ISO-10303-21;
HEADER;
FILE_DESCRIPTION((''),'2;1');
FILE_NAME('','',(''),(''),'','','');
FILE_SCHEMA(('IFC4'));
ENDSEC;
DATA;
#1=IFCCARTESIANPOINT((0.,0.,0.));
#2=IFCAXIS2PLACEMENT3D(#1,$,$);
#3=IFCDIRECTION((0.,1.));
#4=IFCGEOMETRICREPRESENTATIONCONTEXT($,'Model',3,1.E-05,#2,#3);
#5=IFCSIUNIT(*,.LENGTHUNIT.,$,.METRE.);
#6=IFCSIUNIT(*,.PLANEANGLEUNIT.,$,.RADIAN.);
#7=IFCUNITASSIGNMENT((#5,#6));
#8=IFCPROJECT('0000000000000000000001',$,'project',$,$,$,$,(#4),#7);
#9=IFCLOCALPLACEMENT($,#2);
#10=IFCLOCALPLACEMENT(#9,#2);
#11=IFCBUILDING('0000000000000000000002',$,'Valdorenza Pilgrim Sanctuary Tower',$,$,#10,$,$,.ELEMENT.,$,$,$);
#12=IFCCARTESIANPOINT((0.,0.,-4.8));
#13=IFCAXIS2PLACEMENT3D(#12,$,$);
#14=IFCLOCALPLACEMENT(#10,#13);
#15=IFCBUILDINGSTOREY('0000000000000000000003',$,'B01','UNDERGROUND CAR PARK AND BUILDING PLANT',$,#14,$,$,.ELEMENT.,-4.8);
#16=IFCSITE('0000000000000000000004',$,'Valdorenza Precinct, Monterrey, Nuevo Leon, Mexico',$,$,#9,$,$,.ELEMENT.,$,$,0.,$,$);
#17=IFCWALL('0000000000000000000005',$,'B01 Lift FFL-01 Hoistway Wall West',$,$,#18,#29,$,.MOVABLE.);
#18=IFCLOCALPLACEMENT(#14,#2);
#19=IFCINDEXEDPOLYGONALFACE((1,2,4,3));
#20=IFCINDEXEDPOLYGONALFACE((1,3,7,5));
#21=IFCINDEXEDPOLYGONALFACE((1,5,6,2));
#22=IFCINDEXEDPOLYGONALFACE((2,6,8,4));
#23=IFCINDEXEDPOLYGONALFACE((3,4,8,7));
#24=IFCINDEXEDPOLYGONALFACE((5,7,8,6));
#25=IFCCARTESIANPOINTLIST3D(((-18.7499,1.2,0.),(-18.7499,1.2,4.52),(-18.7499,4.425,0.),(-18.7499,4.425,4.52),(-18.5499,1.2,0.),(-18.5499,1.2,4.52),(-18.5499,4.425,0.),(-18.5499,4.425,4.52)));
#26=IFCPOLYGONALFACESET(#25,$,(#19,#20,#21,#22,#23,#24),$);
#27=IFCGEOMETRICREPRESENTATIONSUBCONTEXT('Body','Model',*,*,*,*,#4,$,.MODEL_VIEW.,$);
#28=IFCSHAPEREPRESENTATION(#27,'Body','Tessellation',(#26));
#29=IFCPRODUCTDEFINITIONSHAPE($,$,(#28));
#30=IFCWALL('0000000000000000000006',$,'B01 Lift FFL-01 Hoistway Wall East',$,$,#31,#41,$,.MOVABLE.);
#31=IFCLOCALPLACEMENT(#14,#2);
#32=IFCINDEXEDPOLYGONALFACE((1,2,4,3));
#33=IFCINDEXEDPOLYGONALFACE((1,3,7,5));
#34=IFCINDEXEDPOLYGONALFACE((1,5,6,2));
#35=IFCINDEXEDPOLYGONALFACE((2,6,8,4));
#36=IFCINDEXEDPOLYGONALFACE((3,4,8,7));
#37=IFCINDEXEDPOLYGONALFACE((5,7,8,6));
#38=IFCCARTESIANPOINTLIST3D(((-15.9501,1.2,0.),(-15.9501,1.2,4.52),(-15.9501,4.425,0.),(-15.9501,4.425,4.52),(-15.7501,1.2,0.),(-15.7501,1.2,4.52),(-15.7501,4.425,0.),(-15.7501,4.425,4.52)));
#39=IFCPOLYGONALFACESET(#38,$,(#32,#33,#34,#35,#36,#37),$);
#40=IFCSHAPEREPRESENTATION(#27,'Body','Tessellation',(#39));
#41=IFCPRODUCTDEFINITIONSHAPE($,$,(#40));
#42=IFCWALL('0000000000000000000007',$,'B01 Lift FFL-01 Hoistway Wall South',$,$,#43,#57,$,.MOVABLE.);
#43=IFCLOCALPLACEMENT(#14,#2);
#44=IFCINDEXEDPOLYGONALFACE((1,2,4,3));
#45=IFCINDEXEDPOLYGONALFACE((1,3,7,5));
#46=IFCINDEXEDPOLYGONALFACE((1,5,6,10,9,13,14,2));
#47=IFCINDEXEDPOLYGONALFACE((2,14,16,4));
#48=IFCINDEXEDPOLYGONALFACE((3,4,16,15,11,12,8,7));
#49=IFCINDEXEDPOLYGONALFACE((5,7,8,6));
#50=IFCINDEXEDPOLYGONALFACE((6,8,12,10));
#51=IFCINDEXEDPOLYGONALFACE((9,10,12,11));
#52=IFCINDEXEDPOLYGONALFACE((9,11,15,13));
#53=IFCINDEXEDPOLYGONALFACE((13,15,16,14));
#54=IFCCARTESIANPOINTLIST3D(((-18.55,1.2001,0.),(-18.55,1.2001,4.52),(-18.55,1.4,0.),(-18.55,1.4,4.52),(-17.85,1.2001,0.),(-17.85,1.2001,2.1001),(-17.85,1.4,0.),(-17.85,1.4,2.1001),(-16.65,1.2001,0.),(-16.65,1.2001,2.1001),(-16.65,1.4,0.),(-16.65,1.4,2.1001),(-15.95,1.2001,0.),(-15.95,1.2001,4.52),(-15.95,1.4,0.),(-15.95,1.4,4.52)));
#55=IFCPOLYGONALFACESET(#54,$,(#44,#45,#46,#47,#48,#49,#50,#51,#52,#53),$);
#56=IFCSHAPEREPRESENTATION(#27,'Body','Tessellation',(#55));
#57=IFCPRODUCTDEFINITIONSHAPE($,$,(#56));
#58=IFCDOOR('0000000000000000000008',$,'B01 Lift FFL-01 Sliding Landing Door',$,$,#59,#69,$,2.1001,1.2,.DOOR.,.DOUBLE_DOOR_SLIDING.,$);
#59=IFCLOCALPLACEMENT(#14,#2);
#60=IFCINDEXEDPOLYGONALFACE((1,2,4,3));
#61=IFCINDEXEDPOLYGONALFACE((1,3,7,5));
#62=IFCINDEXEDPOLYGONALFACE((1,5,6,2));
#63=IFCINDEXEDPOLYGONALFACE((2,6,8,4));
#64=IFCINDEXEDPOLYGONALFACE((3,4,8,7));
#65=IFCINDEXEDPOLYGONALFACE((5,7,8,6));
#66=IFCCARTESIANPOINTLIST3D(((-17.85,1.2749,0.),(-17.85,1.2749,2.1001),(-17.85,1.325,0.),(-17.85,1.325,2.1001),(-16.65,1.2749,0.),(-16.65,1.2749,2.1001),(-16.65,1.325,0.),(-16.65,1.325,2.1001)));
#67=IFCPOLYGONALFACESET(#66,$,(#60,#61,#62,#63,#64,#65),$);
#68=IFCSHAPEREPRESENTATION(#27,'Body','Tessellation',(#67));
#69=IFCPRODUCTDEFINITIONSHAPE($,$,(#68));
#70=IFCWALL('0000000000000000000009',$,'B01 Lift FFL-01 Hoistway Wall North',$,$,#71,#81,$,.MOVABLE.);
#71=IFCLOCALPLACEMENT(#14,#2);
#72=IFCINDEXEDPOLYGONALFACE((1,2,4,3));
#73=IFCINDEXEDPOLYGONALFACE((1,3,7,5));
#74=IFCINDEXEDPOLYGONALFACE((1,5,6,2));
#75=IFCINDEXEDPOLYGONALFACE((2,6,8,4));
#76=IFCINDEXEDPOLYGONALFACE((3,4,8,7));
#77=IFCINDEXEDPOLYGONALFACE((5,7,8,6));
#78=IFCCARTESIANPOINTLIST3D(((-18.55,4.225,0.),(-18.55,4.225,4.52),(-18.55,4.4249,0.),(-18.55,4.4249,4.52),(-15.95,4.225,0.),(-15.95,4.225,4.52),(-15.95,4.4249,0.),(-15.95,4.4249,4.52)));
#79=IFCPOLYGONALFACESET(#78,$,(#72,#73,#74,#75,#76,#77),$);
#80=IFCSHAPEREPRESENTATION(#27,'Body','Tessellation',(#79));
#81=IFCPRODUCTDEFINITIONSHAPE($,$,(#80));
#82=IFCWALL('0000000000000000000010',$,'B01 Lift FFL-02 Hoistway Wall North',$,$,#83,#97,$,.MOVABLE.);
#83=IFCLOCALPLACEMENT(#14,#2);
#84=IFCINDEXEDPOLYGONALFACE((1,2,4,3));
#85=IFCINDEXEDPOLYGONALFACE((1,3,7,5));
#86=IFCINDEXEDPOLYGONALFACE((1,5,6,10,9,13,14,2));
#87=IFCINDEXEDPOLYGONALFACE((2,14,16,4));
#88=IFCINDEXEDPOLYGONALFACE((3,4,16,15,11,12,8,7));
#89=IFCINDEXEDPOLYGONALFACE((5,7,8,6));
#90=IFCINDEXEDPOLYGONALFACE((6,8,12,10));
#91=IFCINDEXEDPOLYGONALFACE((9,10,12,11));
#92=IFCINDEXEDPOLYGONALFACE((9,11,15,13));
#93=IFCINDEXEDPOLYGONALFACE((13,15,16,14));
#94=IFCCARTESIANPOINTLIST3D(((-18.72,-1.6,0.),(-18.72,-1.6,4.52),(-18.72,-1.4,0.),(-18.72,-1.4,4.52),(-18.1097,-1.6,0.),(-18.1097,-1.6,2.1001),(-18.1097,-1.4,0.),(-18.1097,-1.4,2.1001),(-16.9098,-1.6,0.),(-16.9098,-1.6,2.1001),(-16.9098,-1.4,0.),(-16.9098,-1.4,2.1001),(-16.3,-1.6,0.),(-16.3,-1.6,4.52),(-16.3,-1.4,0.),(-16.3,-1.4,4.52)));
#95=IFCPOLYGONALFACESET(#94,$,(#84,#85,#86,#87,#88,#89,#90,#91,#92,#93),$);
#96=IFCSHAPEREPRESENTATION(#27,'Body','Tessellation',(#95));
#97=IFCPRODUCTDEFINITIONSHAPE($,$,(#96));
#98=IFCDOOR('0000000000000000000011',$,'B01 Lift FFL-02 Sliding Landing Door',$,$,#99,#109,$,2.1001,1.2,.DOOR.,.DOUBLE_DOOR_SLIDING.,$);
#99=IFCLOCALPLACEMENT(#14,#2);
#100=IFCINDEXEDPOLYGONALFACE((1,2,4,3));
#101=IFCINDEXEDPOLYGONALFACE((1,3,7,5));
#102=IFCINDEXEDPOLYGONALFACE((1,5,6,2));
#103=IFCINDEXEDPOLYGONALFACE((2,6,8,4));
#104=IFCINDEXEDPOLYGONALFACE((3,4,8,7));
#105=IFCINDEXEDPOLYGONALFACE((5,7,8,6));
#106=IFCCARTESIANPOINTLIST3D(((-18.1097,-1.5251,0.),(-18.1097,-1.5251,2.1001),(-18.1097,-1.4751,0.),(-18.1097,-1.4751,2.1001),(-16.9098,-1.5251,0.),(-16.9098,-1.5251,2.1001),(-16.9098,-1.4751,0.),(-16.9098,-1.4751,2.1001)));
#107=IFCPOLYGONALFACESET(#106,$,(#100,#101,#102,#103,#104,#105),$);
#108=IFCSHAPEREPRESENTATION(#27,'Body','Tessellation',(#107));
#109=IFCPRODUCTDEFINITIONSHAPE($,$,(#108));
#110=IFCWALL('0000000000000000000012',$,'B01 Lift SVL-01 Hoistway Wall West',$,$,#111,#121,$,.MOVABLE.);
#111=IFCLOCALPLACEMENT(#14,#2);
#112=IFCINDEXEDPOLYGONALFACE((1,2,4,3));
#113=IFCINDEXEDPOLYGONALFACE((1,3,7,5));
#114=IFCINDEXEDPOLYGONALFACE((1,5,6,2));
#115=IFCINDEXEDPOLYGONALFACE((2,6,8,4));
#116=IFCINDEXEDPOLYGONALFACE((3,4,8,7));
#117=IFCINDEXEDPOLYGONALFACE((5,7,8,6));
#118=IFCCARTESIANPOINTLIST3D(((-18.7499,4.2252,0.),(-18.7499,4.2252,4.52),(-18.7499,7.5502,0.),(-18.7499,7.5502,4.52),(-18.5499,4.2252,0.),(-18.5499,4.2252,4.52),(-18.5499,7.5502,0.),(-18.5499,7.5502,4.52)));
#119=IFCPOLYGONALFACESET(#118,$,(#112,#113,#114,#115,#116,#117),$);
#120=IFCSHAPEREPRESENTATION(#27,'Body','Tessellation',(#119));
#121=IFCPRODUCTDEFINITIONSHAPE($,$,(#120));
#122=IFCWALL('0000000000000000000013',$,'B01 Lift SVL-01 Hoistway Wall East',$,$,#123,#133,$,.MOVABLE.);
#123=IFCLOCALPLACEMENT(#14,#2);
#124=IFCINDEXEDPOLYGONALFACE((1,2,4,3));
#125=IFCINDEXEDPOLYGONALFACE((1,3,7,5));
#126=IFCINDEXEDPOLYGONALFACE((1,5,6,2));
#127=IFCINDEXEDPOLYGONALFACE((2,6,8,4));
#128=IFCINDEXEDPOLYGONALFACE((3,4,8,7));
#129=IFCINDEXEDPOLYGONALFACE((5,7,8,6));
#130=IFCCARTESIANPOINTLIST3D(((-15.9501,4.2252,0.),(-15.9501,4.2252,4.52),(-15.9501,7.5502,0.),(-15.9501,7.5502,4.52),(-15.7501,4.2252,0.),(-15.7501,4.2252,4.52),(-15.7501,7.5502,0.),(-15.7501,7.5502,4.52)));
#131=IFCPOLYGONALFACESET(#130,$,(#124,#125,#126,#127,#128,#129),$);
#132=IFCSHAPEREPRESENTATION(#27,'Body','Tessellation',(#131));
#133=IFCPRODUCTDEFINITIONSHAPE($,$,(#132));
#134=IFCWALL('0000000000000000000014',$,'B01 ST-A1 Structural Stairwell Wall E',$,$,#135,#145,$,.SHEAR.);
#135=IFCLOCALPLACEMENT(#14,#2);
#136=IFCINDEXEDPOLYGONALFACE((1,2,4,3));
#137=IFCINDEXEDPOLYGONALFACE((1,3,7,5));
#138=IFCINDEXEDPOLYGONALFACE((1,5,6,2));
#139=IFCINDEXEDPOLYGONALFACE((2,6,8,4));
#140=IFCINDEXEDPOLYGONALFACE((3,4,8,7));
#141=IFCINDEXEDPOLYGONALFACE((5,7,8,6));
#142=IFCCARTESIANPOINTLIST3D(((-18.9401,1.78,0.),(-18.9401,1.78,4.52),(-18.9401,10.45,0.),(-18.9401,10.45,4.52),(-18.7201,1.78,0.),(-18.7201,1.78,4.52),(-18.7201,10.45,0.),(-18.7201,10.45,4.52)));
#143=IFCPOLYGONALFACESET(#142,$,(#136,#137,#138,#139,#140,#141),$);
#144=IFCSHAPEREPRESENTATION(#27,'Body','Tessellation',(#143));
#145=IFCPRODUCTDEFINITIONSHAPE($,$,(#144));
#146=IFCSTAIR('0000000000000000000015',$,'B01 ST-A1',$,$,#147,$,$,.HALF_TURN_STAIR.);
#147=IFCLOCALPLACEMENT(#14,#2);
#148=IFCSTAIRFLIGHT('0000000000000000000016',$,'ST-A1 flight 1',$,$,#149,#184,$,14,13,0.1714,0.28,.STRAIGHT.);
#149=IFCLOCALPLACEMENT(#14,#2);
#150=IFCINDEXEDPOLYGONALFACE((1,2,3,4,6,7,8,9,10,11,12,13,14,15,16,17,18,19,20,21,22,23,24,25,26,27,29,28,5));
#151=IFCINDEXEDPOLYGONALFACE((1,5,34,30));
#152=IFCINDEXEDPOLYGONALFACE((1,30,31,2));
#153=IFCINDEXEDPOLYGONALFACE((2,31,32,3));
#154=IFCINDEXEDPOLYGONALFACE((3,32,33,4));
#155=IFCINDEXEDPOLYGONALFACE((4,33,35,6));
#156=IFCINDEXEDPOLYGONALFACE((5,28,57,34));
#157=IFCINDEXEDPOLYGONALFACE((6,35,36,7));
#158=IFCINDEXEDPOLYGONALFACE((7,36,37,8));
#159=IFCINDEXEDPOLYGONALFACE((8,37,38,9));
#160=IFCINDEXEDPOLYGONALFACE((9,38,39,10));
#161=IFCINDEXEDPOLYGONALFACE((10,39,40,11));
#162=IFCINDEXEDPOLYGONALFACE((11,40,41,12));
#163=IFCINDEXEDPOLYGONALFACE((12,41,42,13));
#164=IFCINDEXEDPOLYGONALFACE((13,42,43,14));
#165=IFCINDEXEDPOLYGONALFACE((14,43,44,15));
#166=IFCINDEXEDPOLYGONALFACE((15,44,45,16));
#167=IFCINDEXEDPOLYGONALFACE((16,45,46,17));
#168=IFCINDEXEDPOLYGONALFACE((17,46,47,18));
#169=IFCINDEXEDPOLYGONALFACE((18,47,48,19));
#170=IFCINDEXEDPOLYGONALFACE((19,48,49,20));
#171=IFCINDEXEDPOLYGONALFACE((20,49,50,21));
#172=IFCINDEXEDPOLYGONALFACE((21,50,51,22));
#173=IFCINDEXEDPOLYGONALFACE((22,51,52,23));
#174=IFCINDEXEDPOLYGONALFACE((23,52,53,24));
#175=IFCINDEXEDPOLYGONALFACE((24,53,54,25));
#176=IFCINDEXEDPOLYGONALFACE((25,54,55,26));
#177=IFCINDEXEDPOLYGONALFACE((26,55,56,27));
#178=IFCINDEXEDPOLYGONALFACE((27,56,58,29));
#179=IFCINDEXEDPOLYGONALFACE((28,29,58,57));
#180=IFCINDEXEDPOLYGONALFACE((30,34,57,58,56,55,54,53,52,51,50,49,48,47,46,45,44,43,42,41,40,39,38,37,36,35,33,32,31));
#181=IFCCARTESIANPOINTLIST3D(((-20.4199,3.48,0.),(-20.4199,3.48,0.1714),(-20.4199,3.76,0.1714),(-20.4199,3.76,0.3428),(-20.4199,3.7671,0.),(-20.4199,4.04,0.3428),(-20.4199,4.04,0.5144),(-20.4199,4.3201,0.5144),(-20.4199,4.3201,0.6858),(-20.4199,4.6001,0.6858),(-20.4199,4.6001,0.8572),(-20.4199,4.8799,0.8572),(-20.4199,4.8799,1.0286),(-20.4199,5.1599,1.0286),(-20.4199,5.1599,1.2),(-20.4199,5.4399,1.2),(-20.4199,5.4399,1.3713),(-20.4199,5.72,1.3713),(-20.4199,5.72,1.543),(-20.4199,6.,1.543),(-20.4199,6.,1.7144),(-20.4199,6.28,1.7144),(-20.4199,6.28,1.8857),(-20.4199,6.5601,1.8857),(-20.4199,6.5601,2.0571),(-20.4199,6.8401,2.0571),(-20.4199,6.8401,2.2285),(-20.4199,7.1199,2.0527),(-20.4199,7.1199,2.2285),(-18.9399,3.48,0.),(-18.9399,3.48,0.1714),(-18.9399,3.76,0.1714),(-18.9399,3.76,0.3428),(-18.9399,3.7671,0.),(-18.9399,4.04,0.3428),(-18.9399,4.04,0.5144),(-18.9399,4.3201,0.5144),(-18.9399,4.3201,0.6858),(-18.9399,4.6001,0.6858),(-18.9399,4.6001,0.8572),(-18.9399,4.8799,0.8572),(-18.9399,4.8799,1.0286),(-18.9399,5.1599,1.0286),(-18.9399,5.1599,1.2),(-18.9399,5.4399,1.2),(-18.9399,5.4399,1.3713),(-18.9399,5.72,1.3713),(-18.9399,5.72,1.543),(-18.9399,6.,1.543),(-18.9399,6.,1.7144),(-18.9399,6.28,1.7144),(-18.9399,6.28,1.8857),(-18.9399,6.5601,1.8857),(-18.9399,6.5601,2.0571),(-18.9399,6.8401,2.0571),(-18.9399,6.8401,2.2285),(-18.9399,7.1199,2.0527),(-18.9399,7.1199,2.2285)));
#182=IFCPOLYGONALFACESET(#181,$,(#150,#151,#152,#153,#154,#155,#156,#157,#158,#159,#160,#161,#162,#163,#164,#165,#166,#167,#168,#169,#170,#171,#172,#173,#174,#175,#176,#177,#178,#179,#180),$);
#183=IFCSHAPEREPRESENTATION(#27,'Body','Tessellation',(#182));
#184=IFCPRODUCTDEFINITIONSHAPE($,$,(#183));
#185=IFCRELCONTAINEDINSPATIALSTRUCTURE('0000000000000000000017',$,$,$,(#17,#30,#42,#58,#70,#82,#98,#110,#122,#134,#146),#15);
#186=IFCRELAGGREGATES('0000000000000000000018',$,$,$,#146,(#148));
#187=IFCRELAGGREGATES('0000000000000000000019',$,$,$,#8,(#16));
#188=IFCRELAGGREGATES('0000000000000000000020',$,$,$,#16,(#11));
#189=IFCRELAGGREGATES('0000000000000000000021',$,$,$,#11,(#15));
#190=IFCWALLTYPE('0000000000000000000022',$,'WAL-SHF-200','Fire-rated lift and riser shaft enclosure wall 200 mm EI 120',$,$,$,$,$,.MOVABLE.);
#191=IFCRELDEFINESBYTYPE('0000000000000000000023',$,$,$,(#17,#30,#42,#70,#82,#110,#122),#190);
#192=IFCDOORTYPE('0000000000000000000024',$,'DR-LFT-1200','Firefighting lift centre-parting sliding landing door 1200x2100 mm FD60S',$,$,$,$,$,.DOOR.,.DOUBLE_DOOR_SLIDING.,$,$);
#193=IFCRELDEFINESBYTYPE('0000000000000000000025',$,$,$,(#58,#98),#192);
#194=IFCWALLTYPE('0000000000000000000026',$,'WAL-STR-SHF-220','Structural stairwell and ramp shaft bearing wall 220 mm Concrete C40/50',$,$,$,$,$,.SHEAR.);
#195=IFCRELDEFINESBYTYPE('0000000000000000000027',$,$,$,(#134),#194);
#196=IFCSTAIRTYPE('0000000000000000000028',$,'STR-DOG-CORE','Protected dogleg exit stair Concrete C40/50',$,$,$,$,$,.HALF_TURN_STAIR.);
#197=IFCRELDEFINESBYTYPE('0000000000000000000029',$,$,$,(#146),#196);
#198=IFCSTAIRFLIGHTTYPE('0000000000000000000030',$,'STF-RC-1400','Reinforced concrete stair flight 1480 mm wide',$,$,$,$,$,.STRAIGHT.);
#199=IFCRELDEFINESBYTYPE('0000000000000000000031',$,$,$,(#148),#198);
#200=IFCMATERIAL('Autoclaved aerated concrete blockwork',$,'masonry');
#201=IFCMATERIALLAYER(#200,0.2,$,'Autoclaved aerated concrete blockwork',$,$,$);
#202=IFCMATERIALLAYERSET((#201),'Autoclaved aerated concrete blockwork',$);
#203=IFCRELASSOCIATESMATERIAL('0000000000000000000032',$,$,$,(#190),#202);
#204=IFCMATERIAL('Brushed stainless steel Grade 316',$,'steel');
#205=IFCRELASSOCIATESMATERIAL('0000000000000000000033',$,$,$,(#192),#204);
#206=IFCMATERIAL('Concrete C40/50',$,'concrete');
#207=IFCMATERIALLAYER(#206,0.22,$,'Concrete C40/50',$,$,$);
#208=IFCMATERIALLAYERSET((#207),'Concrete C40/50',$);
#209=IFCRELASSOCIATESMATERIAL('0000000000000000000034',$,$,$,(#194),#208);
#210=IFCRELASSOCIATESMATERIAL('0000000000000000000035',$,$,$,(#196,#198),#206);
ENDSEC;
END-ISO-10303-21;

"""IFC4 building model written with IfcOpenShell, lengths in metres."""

from ifc_helpers import new_model, si_unit, direction, frame, frame_2d, origin, place, context, subcontext, project, spatial, polyline, rectangle, outline, extrude, material, layer, layer_set, type_object, element, fill, aggregate, save


model = new_model("IFC4")

# Units and contexts
model_context = context("Model", 3, precision=1e-05, world=origin(), true_north=direction((0.0, 1.0)))
body_context = subcontext(model_context, "Body", "Model", "MODEL_VIEW")
ifc_project = project(units=[si_unit("LENGTHUNIT", "METRE"), si_unit("PLANEANGLEUNIT", "RADIAN")], contexts=[model_context])

# Site, building, storey
site_placement = place(None, origin())
site = spatial("IfcSite", under=ifc_project, at=site_placement, Name="Valdorenza Precinct, Monterrey, Nuevo Leon, Mexico", CompositionType="ELEMENT", RefElevation=0.0)
building_placement = place(site_placement, origin())
building = spatial("IfcBuilding", under=site, at=building_placement, Name="Valdorenza Pilgrim Sanctuary Tower", CompositionType="ELEMENT")
storey_placement = place(building_placement, frame((0.0, 0.0, -4.8)))
storey = spatial("IfcBuildingStorey", under=building, at=storey_placement, Name="B01", Description="UNDERGROUND CAR PARK AND BUILDING PLANT", CompositionType="ELEMENT", Elevation=-4.8)

# Walls
ifc_material_1 = material(Name="Autoclaved aerated concrete blockwork", Category="masonry")
ifc_layer_1 = layer(ifc_material_1, 0.2, Name="Autoclaved aerated concrete blockwork")
ifc_layer_set_1 = layer_set([ifc_layer_1], Name="Autoclaved aerated concrete blockwork")
wall_type_1 = type_object("IfcWallType", Name="WAL-SHF-200", Description="Fire-rated lift and riser shaft enclosure wall 200 mm EI 120", PredefinedType="MOVABLE", material=ifc_layer_set_1)
for number, where, z_axis, x_axis, name in (
    (1, (-18.6499, 1.2, 0.0), (0.0, 0.0, 1.0), (0.0, 1.0, 0.0), "B01 Lift FFL-01 Hoistway Wall West"),
    (2, (-15.8501, 1.2, 0.0), (0.0, 0.0, 1.0), (0.0, 1.0, 0.0), "B01 Lift FFL-01 Hoistway Wall East"),
):
    element("IfcWall", number, at=place(storey_placement, frame(where, z_axis=z_axis, x_axis=x_axis)), inside=storey, type_object=wall_type_1, Name=name, PredefinedType="MOVABLE", context=body_context, shape_type="SweptSolid", body=[
        extrude(rectangle(XDim=3.2251, YDim=0.2, at=frame_2d((1.6125, 0.0))), origin(), (0.0, 0.0, 1.0), 4.52),
    ])

# Wall, opening, door
wall_1_placement = place(storey_placement, frame((-18.55, 1.3, 0.0), z_axis=(0.0, 0.0, 1.0), x_axis=(1.0, 0.0, 0.0)))
wall_1 = element("IfcWall", 3, at=wall_1_placement, inside=storey, type_object=wall_type_1, Name="B01 Lift FFL-01 Hoistway Wall South", PredefinedType="MOVABLE", context=body_context, shape_type="SweptSolid", body=[
    extrude(rectangle(XDim=2.6001, YDim=0.2, at=frame_2d((1.3, 0.0))), origin(), (0.0, 0.0, 1.0), 4.52),
])
opening_1_placement = place(wall_1_placement, frame((0.7, 0.0, 0.0)))
opening_1 = element("IfcOpeningElement", 4, at=opening_1_placement, cuts=wall_1, PredefinedType="OPENING", context=body_context, shape_type="SweptSolid", body=[
    extrude(rectangle(XDim=1.2, YDim=2.1001, at=frame_2d((0.6001, 1.05))), frame((0.0, 0.1147, 0.0), z_axis=(0.0, -1.0, 0.0), x_axis=(1.0, 0.0, 0.0)), (0.0, 0.0, 1.0), 0.2297),
])
ifc_material_2 = material(Name="Brushed stainless steel Grade 316", Category="steel")
door_type_1 = type_object("IfcDoorType", Name="DR-LFT-1200", Description="Firefighting lift centre-parting sliding landing door 1200x2100 mm FD60S", OperationType="DOUBLE_DOOR_SLIDING", PredefinedType="DOOR", material=ifc_material_2)
door_1_placement = place(opening_1_placement, origin())
door_1 = element("IfcDoor", 5, at=door_1_placement, inside=storey, type_object=door_type_1, Name="B01 Lift FFL-01 Sliding Landing Door", OperationType="DOUBLE_DOOR_SLIDING", OverallHeight=2.1001, OverallWidth=1.2, PredefinedType="DOOR", context=body_context, shape_type="SweptSolid", body=[
    extrude(rectangle(XDim=1.2, YDim=2.1001, at=frame_2d((0.6001, 1.05))), frame((0.0, 0.0249, 0.0), z_axis=(0.0, -1.0, 0.0), x_axis=(1.0, 0.0, 0.0)), (0.0, 0.0, 1.0), 0.05),
])
fill(opening_1, door_1)

# Wall
wall_2_placement = place(storey_placement, frame((-18.55, 4.325, 0.0), z_axis=(0.0, 0.0, 1.0), x_axis=(1.0, 0.0, 0.0)))
element("IfcWall", 6, at=wall_2_placement, inside=storey, type_object=wall_type_1, Name="B01 Lift FFL-01 Hoistway Wall North", PredefinedType="MOVABLE", context=body_context, shape_type="SweptSolid", body=[
    extrude(rectangle(XDim=2.6001, YDim=0.2, at=frame_2d((1.3, 0.0))), origin(), (0.0, 0.0, 1.0), 4.52),
])

# Wall, opening, door
wall_3_placement = place(storey_placement, frame((-18.72, -1.5, 0.0), z_axis=(0.0, 0.0, 1.0), x_axis=(1.0, 0.0, 0.0)))
wall_3 = element("IfcWall", 7, at=wall_3_placement, inside=storey, type_object=wall_type_1, Name="B01 Lift FFL-02 Hoistway Wall North", PredefinedType="MOVABLE", context=body_context, shape_type="SweptSolid", body=[
    extrude(rectangle(XDim=2.4199, YDim=0.2, at=frame_2d((1.21, 0.0))), origin(), (0.0, 0.0, 1.0), 4.52),
])
opening_2_placement = place(wall_3_placement, frame((0.6101, 0.0, 0.0)))
opening_2 = element("IfcOpeningElement", 8, at=opening_2_placement, cuts=wall_3, PredefinedType="OPENING", context=body_context, shape_type="SweptSolid", body=[
    extrude(rectangle(XDim=1.2, YDim=2.1001, at=frame_2d((0.6001, 1.05))), frame((0.0, 0.1147, 0.0), z_axis=(0.0, -1.0, 0.0), x_axis=(1.0, 0.0, 0.0)), (0.0, 0.0, 1.0), 0.2297),
])
door_2_placement = place(opening_2_placement, origin())
door_2 = element("IfcDoor", 9, at=door_2_placement, inside=storey, type_object=door_type_1, Name="B01 Lift FFL-02 Sliding Landing Door", OperationType="DOUBLE_DOOR_SLIDING", OverallHeight=2.1001, OverallWidth=1.2, PredefinedType="DOOR", context=body_context, shape_type="SweptSolid", body=[
    extrude(rectangle(XDim=1.2, YDim=2.1001, at=frame_2d((0.6001, 1.05))), frame((0.0, 0.0249, 0.0), z_axis=(0.0, -1.0, 0.0), x_axis=(1.0, 0.0, 0.0)), (0.0, 0.0, 1.0), 0.05),
])
fill(opening_2, door_2)

# Walls
for number, where, z_axis, x_axis, name in (
    (10, (-18.6499, 4.2251, 0.0), (0.0, 0.0, 1.0), (0.0, 1.0, 0.0), "B01 Lift SVL-01 Hoistway Wall West"),
    (11, (-15.8501, 4.2251, 0.0), (0.0, 0.0, 1.0), (0.0, 1.0, 0.0), "B01 Lift SVL-01 Hoistway Wall East"),
):
    element("IfcWall", number, at=place(storey_placement, frame(where, z_axis=z_axis, x_axis=x_axis)), inside=storey, type_object=wall_type_1, Name=name, PredefinedType="MOVABLE", context=body_context, shape_type="SweptSolid", body=[
        extrude(rectangle(XDim=3.325, YDim=0.2, at=frame_2d((1.6626, 0.0))), origin(), (0.0, 0.0, 1.0), 4.52),
    ])
ifc_material_3 = material(Name="Concrete C40/50", Category="concrete")
ifc_layer_2 = layer(ifc_material_3, 0.22, Name="Concrete C40/50")
ifc_layer_set_2 = layer_set([ifc_layer_2], Name="Concrete C40/50")
wall_type_2 = type_object("IfcWallType", Name="WAL-STR-SHF-220", Description="Structural stairwell and ramp shaft bearing wall 220 mm Concrete C40/50", PredefinedType="SHEAR", material=ifc_layer_set_2)
wall_4_placement = place(storey_placement, frame((-18.8301, 1.78, 0.0), z_axis=(0.0, 0.0, 1.0), x_axis=(0.0, 1.0, 0.0)))
element("IfcWall", 12, at=wall_4_placement, inside=storey, type_object=wall_type_2, Name="B01 ST-A1 Structural Stairwell Wall E", PredefinedType="SHEAR", context=body_context, shape_type="SweptSolid", body=[
    extrude(rectangle(XDim=8.6699, YDim=0.22, at=frame_2d((4.335, 0.0))), origin(), (0.0, 0.0, 1.0), 4.52),
])

# Stair, stair flight
stair_type = type_object("IfcStairType", Name="STR-DOG-CORE", Description="Protected dogleg exit stair Concrete C40/50", PredefinedType="HALF_TURN_STAIR", material=ifc_material_3)
stair_placement = place(storey_placement, origin())
stair = element("IfcStair", 13, at=stair_placement, inside=storey, type_object=stair_type, Name="B01 ST-A1", PredefinedType="HALF_TURN_STAIR")
stair_flight_type = type_object("IfcStairFlightType", Name="STF-RC-1400", Description="Reinforced concrete stair flight 1480 mm wide", PredefinedType="STRAIGHT", material=ifc_material_3)
stair_flight_placement = place(storey_placement, frame((-19.6799, 3.48, 0.0), z_axis=(0.0, 0.0, 1.0), x_axis=(0.0, 1.0, 0.0)))
stair_flight = element("IfcStairFlight", 14, at=stair_flight_placement, type_object=stair_flight_type, Name="ST-A1 flight 1", NumberOfRisers=14, NumberOfTreads=13, PredefinedType="STRAIGHT", RiserHeight=0.1714, TreadLength=0.28, context=body_context, shape_type="SweptSolid", body=[
    extrude(outline(polyline([(0.0, 0.0), (0.0, 0.1714), (0.28, 0.1714), (0.28, 0.3428), (0.5601, 0.3428), (0.5601, 0.5144), (0.8401, 0.5144), (0.8401, 0.6858), (1.1201, 0.6858), (1.1201, 0.8572), (1.3999, 0.8572), (1.3999, 1.0286), (1.6799, 1.0286), (1.6799, 1.2), (1.96, 1.2), (1.96, 1.3713), (2.24, 1.3713), (2.24, 1.543), (2.52, 1.543), (2.52, 1.7144), (2.8, 1.7144), (2.8, 1.8857), (3.0801, 1.8857), (3.0801, 2.0571), (3.3601, 2.0571), (3.3601, 2.2285), (3.6399, 2.2285), (3.6399, 2.3999), (3.6399, 2.0527), (0.2871, 0.0), (0.0, 0.0)])), frame((0.0, 0.74, 0.0), z_axis=(0.0, -1.0, 0.0), x_axis=(1.0, 0.0, 0.0)), (0.0, 0.0, 1.0), 1.48),
])
aggregate(stair, [stair_flight])

save(model, "model.ifc")
